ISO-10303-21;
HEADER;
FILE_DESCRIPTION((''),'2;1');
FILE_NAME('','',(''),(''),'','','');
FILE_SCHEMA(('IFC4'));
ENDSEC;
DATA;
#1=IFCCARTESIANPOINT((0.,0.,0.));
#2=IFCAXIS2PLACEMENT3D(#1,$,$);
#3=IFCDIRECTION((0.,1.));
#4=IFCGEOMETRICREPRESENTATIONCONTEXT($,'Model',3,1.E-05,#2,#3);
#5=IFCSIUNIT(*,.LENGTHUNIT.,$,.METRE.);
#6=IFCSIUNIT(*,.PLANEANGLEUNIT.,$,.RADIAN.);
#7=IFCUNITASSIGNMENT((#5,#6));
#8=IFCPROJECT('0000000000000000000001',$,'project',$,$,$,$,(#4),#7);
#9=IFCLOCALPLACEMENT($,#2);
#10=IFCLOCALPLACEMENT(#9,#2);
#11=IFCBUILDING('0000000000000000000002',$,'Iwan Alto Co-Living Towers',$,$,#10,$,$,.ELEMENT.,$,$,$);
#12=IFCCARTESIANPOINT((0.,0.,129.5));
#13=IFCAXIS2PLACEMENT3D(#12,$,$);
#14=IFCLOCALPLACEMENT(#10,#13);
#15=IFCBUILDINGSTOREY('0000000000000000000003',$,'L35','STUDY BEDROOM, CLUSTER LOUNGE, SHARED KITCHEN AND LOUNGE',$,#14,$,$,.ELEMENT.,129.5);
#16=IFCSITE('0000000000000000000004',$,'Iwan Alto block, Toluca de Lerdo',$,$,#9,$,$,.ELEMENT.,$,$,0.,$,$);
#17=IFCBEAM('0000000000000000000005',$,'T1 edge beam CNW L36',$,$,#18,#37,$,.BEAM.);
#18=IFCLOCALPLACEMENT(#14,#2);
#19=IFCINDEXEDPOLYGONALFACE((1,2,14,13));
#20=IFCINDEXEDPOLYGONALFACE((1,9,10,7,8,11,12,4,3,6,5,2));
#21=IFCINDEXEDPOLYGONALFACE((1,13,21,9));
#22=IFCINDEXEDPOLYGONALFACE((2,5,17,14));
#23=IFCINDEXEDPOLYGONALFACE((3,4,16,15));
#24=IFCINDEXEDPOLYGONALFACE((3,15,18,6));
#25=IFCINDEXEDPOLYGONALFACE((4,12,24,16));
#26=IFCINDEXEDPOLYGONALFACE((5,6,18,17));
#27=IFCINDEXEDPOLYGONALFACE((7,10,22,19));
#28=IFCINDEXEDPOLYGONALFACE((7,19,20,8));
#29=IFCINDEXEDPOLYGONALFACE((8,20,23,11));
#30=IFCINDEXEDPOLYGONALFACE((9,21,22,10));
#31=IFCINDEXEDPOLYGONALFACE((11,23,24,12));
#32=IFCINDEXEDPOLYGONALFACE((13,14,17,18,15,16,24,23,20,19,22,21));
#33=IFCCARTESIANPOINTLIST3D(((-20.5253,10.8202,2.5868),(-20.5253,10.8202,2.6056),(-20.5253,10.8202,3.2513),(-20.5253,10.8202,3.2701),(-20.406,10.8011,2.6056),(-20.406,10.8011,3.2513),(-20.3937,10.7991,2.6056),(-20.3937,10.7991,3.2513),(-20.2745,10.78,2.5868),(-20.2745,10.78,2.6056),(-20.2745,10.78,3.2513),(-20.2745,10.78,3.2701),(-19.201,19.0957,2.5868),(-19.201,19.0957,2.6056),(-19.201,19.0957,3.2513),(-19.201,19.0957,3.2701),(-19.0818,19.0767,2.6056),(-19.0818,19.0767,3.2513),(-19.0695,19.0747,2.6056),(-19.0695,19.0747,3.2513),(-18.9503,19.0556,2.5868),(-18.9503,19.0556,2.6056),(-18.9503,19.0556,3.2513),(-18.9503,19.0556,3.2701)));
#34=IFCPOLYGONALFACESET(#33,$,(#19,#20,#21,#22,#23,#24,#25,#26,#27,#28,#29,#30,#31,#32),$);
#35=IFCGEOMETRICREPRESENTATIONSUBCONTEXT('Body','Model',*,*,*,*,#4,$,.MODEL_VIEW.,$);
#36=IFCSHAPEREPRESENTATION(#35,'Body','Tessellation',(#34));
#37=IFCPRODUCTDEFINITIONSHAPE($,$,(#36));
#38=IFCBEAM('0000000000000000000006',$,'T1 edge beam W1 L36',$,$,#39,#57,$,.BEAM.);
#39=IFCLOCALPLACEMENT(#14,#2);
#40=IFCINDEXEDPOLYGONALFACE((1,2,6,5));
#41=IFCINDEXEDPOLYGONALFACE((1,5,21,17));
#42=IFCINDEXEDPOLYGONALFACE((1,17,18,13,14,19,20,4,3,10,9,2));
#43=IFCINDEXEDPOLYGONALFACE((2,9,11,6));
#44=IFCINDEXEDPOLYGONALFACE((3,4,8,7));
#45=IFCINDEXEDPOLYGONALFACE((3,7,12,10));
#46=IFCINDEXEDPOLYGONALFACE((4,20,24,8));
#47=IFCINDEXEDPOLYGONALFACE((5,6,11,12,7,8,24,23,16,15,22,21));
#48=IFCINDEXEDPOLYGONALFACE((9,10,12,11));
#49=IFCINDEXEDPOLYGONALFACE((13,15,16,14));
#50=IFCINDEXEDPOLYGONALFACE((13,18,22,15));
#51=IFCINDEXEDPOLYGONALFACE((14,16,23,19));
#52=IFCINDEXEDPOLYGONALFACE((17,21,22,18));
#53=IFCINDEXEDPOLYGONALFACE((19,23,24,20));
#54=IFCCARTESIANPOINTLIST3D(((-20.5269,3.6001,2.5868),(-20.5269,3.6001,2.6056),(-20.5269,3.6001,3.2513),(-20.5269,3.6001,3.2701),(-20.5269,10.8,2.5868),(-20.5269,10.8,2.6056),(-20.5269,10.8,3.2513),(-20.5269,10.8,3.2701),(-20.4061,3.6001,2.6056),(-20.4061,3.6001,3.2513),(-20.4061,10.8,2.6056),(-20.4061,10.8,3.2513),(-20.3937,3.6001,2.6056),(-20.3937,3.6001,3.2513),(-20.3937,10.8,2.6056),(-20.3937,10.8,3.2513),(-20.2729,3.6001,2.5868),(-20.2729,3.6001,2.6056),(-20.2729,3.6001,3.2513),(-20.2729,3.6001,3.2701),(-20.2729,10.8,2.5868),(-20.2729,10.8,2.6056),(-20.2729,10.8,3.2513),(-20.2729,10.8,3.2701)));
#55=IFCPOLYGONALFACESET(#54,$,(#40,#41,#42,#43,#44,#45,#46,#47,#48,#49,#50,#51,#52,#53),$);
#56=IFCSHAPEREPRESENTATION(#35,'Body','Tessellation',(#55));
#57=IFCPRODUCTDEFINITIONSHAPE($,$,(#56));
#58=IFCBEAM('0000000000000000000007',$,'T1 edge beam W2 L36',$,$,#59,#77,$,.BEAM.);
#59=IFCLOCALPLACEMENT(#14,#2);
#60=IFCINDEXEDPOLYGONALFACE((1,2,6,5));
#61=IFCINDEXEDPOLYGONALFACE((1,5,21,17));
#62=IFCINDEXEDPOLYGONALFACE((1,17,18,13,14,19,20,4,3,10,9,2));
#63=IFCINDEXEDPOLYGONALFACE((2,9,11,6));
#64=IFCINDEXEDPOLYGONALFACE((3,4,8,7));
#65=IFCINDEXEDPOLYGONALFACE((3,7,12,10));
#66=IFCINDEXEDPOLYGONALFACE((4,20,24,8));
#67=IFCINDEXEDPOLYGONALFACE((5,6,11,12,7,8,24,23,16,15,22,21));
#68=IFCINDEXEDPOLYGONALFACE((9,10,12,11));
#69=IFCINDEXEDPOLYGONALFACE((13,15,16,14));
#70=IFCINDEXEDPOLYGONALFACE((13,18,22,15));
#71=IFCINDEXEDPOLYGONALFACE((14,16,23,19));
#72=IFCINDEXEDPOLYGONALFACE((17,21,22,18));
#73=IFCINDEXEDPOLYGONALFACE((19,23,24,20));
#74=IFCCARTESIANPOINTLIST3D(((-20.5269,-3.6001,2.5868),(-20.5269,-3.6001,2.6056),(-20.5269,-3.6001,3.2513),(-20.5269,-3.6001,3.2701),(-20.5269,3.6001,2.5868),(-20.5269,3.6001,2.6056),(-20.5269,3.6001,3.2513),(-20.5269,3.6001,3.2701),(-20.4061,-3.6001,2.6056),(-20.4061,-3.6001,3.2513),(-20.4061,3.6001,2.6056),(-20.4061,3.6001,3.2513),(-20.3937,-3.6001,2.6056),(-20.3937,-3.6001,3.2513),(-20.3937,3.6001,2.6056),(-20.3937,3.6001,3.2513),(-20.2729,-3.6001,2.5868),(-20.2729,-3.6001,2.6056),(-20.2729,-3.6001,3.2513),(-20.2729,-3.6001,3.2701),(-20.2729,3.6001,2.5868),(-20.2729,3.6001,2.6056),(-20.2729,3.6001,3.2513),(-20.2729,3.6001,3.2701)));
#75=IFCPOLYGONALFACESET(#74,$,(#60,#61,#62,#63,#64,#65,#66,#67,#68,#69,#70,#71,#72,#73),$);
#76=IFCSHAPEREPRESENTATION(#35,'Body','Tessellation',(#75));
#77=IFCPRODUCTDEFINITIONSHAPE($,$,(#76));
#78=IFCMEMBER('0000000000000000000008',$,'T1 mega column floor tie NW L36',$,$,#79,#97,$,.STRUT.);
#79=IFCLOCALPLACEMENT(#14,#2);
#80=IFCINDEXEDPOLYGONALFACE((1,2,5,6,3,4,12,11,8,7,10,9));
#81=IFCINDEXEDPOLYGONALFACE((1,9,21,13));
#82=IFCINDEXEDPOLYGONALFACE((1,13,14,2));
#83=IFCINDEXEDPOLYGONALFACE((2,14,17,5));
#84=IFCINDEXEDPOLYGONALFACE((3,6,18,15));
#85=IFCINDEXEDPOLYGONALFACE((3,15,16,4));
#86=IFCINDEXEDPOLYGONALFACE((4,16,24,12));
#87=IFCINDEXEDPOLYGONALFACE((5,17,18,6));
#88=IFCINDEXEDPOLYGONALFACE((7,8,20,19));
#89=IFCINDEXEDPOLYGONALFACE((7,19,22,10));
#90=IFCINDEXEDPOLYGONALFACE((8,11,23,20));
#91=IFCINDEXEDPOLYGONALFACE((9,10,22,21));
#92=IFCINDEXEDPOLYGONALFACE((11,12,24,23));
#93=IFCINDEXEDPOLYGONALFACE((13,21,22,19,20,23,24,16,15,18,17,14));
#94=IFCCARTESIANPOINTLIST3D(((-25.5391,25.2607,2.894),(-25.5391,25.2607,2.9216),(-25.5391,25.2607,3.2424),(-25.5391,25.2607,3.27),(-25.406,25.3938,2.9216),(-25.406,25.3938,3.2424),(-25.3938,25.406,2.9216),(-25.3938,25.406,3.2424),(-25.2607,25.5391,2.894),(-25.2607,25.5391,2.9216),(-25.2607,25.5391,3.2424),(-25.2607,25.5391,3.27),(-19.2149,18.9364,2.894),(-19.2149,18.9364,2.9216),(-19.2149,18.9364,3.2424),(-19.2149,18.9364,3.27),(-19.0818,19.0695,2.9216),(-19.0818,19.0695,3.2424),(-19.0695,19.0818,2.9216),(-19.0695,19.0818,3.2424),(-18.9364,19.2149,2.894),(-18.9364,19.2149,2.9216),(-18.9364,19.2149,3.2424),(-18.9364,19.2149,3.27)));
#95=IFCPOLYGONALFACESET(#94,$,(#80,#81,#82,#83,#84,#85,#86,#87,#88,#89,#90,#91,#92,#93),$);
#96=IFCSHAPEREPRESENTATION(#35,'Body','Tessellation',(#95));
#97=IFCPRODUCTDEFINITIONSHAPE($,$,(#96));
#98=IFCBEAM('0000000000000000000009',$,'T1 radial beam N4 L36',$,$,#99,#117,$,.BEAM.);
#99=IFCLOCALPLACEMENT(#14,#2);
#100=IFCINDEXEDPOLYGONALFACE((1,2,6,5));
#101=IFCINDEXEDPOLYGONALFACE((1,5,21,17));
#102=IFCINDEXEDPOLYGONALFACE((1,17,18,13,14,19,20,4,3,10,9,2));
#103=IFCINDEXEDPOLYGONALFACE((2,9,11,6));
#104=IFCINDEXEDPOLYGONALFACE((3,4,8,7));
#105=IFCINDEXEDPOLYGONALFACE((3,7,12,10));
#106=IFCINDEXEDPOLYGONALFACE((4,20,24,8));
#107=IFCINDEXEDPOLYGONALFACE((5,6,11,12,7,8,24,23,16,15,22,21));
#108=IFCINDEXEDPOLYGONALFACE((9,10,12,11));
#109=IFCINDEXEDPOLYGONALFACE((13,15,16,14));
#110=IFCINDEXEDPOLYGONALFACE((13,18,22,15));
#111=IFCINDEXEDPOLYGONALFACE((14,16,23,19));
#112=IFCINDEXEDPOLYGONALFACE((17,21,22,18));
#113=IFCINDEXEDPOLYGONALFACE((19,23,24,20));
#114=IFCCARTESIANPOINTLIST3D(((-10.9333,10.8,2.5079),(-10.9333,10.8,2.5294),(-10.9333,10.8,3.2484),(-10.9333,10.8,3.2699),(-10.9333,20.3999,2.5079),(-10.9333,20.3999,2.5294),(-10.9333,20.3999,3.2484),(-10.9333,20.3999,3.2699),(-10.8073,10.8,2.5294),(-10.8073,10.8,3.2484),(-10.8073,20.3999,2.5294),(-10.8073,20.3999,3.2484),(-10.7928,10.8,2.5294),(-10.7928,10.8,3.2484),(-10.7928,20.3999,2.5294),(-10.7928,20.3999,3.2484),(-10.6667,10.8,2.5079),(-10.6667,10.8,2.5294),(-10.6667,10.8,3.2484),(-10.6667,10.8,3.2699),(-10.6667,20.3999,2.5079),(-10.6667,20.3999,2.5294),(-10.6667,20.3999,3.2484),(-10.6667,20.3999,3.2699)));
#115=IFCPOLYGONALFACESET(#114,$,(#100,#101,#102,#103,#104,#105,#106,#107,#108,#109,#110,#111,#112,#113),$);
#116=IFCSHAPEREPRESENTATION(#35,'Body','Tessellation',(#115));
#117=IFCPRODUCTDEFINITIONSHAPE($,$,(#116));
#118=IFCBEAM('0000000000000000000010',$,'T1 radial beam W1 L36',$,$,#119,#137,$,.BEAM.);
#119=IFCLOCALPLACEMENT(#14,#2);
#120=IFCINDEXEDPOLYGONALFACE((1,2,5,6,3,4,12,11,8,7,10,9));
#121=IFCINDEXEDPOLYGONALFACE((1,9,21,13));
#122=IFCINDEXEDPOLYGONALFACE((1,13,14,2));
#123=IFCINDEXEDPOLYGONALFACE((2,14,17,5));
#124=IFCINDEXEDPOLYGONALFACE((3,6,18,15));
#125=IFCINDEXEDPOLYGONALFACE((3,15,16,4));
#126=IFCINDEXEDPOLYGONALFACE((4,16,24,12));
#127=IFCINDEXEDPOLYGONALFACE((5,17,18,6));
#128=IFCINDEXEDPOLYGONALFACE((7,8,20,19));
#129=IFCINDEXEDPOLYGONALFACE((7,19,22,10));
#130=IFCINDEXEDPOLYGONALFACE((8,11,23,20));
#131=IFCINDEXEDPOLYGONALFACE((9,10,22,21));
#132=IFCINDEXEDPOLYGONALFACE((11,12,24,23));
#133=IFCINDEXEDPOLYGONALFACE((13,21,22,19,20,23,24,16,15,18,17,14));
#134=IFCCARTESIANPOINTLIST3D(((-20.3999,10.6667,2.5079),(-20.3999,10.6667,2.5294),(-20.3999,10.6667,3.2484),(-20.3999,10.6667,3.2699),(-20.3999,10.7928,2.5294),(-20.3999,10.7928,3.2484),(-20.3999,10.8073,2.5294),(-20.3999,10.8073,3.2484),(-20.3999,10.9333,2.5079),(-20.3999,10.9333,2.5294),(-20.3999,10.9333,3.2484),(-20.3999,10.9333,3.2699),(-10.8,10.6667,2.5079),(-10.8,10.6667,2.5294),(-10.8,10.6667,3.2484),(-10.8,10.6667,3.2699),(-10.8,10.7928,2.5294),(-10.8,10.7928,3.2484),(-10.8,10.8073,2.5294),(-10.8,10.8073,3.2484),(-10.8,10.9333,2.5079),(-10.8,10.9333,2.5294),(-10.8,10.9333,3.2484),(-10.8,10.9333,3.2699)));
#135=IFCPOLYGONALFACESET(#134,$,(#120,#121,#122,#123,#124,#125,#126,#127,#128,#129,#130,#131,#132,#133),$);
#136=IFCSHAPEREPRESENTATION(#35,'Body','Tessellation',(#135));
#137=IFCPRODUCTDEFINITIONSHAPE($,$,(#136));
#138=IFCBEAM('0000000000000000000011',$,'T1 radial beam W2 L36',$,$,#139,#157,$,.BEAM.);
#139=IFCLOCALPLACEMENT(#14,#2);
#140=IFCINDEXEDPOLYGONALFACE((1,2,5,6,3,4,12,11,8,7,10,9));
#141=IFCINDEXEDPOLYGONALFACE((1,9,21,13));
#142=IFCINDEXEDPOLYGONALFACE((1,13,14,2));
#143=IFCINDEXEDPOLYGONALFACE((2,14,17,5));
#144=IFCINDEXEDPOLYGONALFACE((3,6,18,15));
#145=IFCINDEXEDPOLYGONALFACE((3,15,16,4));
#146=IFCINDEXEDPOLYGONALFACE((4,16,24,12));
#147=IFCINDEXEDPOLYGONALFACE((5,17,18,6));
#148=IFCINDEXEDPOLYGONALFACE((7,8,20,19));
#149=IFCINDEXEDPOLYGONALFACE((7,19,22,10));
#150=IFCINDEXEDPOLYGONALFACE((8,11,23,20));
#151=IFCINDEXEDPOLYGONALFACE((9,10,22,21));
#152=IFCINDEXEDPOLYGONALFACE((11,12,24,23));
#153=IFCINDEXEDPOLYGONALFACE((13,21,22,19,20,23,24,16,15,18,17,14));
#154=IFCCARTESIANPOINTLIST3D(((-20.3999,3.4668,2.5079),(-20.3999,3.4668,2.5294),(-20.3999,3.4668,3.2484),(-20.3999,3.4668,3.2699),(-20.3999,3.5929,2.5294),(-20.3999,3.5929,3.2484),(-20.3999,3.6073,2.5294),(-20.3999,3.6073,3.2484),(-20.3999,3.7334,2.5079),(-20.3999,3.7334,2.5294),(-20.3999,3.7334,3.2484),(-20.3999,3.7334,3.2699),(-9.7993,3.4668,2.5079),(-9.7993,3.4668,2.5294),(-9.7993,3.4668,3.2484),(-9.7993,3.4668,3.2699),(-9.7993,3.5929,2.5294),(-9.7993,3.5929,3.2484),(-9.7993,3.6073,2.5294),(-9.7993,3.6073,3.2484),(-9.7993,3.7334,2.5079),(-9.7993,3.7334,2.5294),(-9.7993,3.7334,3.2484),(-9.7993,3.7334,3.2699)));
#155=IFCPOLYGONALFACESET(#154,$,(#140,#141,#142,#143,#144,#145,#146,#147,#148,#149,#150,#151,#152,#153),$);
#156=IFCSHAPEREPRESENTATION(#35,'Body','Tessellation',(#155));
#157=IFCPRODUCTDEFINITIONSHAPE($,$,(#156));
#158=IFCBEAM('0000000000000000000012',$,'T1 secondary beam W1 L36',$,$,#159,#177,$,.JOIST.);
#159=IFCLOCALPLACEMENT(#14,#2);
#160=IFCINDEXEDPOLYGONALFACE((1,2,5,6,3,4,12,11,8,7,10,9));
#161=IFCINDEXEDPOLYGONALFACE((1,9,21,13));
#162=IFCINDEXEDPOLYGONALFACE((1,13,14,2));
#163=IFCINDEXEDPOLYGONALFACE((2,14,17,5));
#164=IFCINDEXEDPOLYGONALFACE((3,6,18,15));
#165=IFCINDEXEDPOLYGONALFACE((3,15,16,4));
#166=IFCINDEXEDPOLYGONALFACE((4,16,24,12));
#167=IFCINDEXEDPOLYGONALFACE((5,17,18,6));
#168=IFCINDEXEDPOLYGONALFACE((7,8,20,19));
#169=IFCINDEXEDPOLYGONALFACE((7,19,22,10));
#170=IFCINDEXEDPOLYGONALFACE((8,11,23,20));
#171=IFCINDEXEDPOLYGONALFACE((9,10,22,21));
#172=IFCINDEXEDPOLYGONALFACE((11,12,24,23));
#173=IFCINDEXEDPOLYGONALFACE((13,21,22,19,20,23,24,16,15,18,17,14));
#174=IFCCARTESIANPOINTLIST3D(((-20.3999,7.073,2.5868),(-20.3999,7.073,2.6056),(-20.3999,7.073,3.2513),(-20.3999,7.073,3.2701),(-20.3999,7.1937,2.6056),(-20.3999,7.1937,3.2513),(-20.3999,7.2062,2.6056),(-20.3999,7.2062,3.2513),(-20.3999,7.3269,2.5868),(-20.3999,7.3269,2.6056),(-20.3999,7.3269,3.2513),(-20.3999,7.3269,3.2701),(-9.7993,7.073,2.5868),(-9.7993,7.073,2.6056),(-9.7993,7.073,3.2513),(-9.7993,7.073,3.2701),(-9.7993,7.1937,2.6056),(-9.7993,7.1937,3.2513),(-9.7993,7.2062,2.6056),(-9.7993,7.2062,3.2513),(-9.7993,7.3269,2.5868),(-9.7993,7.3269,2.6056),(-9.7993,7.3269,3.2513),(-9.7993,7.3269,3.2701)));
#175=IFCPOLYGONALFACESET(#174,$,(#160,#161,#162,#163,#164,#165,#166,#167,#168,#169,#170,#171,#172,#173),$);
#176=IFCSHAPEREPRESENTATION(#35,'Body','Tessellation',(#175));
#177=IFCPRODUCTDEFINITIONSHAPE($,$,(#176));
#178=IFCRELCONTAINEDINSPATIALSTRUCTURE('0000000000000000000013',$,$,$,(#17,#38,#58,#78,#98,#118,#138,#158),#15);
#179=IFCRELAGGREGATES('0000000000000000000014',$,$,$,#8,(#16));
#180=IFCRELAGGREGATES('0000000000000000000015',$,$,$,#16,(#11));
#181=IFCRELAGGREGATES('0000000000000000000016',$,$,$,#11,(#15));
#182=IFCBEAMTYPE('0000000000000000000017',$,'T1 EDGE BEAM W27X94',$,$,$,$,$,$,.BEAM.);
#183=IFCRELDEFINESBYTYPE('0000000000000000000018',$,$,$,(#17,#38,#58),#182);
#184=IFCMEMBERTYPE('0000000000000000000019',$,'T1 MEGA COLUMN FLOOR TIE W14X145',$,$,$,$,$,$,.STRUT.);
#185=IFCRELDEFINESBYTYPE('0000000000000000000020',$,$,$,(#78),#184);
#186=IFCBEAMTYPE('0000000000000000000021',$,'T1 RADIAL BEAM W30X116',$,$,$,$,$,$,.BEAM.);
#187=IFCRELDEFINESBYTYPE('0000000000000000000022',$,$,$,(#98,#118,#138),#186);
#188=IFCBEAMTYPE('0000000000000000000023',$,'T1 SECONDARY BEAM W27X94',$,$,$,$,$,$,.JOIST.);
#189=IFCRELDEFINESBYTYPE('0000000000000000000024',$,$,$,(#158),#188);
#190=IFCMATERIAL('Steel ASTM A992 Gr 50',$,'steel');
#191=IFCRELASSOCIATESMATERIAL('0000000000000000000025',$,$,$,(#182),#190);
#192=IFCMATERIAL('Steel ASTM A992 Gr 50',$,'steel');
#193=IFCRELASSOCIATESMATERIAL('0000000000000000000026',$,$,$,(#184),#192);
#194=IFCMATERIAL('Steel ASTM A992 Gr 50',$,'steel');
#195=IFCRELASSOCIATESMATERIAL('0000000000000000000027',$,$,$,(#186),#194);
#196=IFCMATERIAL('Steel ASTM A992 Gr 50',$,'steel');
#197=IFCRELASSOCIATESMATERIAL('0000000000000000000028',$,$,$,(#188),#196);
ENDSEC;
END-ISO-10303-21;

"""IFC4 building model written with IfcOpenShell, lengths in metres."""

from ifc_helpers import new_model, si_unit, direction, frame, origin, origin_2d, place, context, subcontext, project, spatial, i_section, extrude, material, material_profile, profile_set, type_object, element, save


model = new_model("IFC4")

# Units and contexts
model_context = context("Model", 3, precision=1e-05, world=origin(), true_north=direction((0.0, 1.0)))
body_context = subcontext(model_context, "Body", "Model", "MODEL_VIEW")
ifc_project = project(units=[si_unit("LENGTHUNIT", "METRE"), si_unit("PLANEANGLEUNIT", "RADIAN")], contexts=[model_context])

# Site, building, storey
site_placement = place(None, origin())
site = spatial("IfcSite", under=ifc_project, at=site_placement, Name="Iwan Alto block, Toluca de Lerdo", CompositionType="ELEMENT", RefElevation=0.0)
building_placement = place(site_placement, origin())
building = spatial("IfcBuilding", under=site, at=building_placement, Name="Iwan Alto Co-Living Towers", CompositionType="ELEMENT")
storey_placement = place(building_placement, frame((0.0, 0.0, 129.5)))
storey = spatial("IfcBuildingStorey", under=building, at=storey_placement, Name="L35", Description="STUDY BEDROOM, CLUSTER LOUNGE, SHARED KITCHEN AND LOUNGE", CompositionType="ELEMENT", Elevation=129.5)

# Beams
ifc_material_1 = material(Name="Steel ASTM A992 Gr 50", Category="steel")
ifc_material_profile_1 = material_profile(ifc_material_1, i_section(OverallWidth=0.2539, OverallDepth=0.6833, WebThickness=0.0125, FlangeThickness=0.0188, at=origin_2d()), Name="W27X94")
ifc_profile_set_1 = profile_set([ifc_material_profile_1], Name="Steel ASTM A992 Gr 50")
beam_type_1 = type_object("IfcBeamType", Name="T1 EDGE BEAM W27X94", PredefinedType="BEAM", material=ifc_profile_set_1)
for number, where, z_axis, x_axis, name in (
    (1, (-19.0757, 19.0757, 2.9285), (-0.158004, -0.987438, 0.0), (0.987438, -0.158004, 0.0), "T1 edge beam CNW L36"),
):
    element("IfcBeam", number, at=place(storey_placement, frame(where, z_axis=z_axis, x_axis=x_axis)), inside=storey, type_object=beam_type_1, Name=name, PredefinedType="BEAM", context=body_context, shape_type="SweptSolid", body=[
        extrude(i_section(OverallWidth=0.2539, OverallDepth=0.6833, WebThickness=0.0125, FlangeThickness=0.0188, at=origin_2d()), origin(), (0.0, 0.0, 1.0), 8.3809),
    ])
beam_1_placement = place(storey_placement, frame((-20.3999, 10.8, 2.9285), z_axis=(0.0, -1.0, 0.0), x_axis=(1.0, 0.0, 0.0)))
element("IfcBeam", 2, at=beam_1_placement, inside=storey, type_object=beam_type_1, Name="T1 edge beam W1 L36", PredefinedType="BEAM", context=body_context, shape_type="SweptSolid", body=[
    extrude(i_section(OverallWidth=0.2539, OverallDepth=0.6833, WebThickness=0.0125, FlangeThickness=0.0188, at=origin_2d()), origin(), (0.0, 0.0, 1.0), 7.2),
])
beam_2_placement = place(storey_placement, frame((-20.3999, 3.6001, 2.9285), z_axis=(0.0, -1.0, 0.0), x_axis=(1.0, 0.0, 0.0)))
element("IfcBeam", 3, at=beam_2_placement, inside=storey, type_object=beam_type_1, Name="T1 edge beam W2 L36", PredefinedType="BEAM", context=body_context, shape_type="SweptSolid", body=[
    extrude(i_section(OverallWidth=0.2539, OverallDepth=0.6833, WebThickness=0.0125, FlangeThickness=0.0188, at=origin_2d()), origin(), (0.0, 0.0, 1.0), 7.2002),
])

# Member
ifc_material_2 = material(Name="Steel ASTM A992 Gr 50", Category="steel")
ifc_material_profile_2 = material_profile(ifc_material_2, i_section(OverallWidth=0.3938, OverallDepth=0.376, WebThickness=0.0173, FlangeThickness=0.0276, at=origin_2d()), Name="W14X145")
ifc_profile_set_2 = profile_set([ifc_material_profile_2], Name="Steel ASTM A992 Gr 50")
member_type_1 = type_object("IfcMemberType", Name="T1 MEGA COLUMN FLOOR TIE W14X145", PredefinedType="STRUT", material=ifc_profile_set_2)
member_1_placement = place(storey_placement, frame((-25.3999, 25.3999, 3.082), z_axis=(0.707107, -0.707107, 0.0), x_axis=(0.707107, 0.707107, 0.0)))
element("IfcMember", 4, at=member_1_placement, inside=storey, type_object=member_type_1, Name="T1 mega column floor tie NW L36", PredefinedType="STRUT", context=body_context, shape_type="SweptSolid", body=[
    extrude(i_section(OverallWidth=0.3938, OverallDepth=0.376, WebThickness=0.0173, FlangeThickness=0.0276, at=origin_2d()), origin(), (0.0, 0.0, 1.0), 8.9438),
])

# Beams
ifc_material_3 = material(Name="Steel ASTM A992 Gr 50", Category="steel")
ifc_material_profile_3 = material_profile(ifc_material_3, i_section(OverallWidth=0.2666, OverallDepth=0.762, WebThickness=0.0144, FlangeThickness=0.0215, at=origin_2d()), Name="W30X116")
ifc_profile_set_3 = profile_set([ifc_material_profile_3], Name="Steel ASTM A992 Gr 50")
beam_type_2 = type_object("IfcBeamType", Name="T1 RADIAL BEAM W30X116", PredefinedType="BEAM", material=ifc_profile_set_3)
for number, where, z_axis, x_axis, name in (
    (5, (-10.8, 20.3999, 2.8889), (0.0, -1.0, 0.0), (1.0, 0.0, 0.0), "T1 radial beam N4 L36"),
    (6, (-20.3999, 10.8, 2.8889), (1.0, 0.0, 0.0), (0.0, 1.0, 0.0), "T1 radial beam W1 L36"),
):
    element("IfcBeam", number, at=place(storey_placement, frame(where, z_axis=z_axis, x_axis=x_axis)), inside=storey, type_object=beam_type_2, Name=name, PredefinedType="BEAM", context=body_context, shape_type="SweptSolid", body=[
        extrude(i_section(OverallWidth=0.2666, OverallDepth=0.762, WebThickness=0.0144, FlangeThickness=0.0215, at=origin_2d()), origin(), (0.0, 0.0, 1.0), 9.5999),
    ])
beam_3_placement = place(storey_placement, frame((-20.3999, 3.6001, 2.8889), z_axis=(1.0, 0.0, 0.0), x_axis=(0.0, 1.0, 0.0)))
element("IfcBeam", 7, at=beam_3_placement, inside=storey, type_object=beam_type_2, Name="T1 radial beam W2 L36", PredefinedType="BEAM", context=body_context, shape_type="SweptSolid", body=[
    extrude(i_section(OverallWidth=0.2666, OverallDepth=0.762, WebThickness=0.0144, FlangeThickness=0.0215, at=origin_2d()), origin(), (0.0, 0.0, 1.0), 10.6006),
])
ifc_material_4 = material(Name="Steel ASTM A992 Gr 50", Category="steel")
ifc_material_profile_4 = material_profile(ifc_material_4, i_section(OverallWidth=0.2539, OverallDepth=0.6833, WebThickness=0.0125, FlangeThickness=0.0188, at=origin_2d()), Name="W27X94")
ifc_profile_set_4 = profile_set([ifc_material_profile_4], Name="Steel ASTM A992 Gr 50")
beam_type_3 = type_object("IfcBeamType", Name="T1 SECONDARY BEAM W27X94", PredefinedType="JOIST", material=ifc_profile_set_4)
beam_4_placement = place(storey_placement, frame((-20.3999, 7.2, 2.9285), z_axis=(1.0, 0.0, 0.0), x_axis=(0.0, 1.0, 0.0)))
element("IfcBeam", 8, at=beam_4_placement, inside=storey, type_object=beam_type_3, Name="T1 secondary beam W1 L36", PredefinedType="JOIST", context=body_context, shape_type="SweptSolid", body=[
    extrude(i_section(OverallWidth=0.2539, OverallDepth=0.6833, WebThickness=0.0125, FlangeThickness=0.0188, at=origin_2d()), origin(), (0.0, 0.0, 1.0), 10.6006),
])

save(model, "model.ifc")
